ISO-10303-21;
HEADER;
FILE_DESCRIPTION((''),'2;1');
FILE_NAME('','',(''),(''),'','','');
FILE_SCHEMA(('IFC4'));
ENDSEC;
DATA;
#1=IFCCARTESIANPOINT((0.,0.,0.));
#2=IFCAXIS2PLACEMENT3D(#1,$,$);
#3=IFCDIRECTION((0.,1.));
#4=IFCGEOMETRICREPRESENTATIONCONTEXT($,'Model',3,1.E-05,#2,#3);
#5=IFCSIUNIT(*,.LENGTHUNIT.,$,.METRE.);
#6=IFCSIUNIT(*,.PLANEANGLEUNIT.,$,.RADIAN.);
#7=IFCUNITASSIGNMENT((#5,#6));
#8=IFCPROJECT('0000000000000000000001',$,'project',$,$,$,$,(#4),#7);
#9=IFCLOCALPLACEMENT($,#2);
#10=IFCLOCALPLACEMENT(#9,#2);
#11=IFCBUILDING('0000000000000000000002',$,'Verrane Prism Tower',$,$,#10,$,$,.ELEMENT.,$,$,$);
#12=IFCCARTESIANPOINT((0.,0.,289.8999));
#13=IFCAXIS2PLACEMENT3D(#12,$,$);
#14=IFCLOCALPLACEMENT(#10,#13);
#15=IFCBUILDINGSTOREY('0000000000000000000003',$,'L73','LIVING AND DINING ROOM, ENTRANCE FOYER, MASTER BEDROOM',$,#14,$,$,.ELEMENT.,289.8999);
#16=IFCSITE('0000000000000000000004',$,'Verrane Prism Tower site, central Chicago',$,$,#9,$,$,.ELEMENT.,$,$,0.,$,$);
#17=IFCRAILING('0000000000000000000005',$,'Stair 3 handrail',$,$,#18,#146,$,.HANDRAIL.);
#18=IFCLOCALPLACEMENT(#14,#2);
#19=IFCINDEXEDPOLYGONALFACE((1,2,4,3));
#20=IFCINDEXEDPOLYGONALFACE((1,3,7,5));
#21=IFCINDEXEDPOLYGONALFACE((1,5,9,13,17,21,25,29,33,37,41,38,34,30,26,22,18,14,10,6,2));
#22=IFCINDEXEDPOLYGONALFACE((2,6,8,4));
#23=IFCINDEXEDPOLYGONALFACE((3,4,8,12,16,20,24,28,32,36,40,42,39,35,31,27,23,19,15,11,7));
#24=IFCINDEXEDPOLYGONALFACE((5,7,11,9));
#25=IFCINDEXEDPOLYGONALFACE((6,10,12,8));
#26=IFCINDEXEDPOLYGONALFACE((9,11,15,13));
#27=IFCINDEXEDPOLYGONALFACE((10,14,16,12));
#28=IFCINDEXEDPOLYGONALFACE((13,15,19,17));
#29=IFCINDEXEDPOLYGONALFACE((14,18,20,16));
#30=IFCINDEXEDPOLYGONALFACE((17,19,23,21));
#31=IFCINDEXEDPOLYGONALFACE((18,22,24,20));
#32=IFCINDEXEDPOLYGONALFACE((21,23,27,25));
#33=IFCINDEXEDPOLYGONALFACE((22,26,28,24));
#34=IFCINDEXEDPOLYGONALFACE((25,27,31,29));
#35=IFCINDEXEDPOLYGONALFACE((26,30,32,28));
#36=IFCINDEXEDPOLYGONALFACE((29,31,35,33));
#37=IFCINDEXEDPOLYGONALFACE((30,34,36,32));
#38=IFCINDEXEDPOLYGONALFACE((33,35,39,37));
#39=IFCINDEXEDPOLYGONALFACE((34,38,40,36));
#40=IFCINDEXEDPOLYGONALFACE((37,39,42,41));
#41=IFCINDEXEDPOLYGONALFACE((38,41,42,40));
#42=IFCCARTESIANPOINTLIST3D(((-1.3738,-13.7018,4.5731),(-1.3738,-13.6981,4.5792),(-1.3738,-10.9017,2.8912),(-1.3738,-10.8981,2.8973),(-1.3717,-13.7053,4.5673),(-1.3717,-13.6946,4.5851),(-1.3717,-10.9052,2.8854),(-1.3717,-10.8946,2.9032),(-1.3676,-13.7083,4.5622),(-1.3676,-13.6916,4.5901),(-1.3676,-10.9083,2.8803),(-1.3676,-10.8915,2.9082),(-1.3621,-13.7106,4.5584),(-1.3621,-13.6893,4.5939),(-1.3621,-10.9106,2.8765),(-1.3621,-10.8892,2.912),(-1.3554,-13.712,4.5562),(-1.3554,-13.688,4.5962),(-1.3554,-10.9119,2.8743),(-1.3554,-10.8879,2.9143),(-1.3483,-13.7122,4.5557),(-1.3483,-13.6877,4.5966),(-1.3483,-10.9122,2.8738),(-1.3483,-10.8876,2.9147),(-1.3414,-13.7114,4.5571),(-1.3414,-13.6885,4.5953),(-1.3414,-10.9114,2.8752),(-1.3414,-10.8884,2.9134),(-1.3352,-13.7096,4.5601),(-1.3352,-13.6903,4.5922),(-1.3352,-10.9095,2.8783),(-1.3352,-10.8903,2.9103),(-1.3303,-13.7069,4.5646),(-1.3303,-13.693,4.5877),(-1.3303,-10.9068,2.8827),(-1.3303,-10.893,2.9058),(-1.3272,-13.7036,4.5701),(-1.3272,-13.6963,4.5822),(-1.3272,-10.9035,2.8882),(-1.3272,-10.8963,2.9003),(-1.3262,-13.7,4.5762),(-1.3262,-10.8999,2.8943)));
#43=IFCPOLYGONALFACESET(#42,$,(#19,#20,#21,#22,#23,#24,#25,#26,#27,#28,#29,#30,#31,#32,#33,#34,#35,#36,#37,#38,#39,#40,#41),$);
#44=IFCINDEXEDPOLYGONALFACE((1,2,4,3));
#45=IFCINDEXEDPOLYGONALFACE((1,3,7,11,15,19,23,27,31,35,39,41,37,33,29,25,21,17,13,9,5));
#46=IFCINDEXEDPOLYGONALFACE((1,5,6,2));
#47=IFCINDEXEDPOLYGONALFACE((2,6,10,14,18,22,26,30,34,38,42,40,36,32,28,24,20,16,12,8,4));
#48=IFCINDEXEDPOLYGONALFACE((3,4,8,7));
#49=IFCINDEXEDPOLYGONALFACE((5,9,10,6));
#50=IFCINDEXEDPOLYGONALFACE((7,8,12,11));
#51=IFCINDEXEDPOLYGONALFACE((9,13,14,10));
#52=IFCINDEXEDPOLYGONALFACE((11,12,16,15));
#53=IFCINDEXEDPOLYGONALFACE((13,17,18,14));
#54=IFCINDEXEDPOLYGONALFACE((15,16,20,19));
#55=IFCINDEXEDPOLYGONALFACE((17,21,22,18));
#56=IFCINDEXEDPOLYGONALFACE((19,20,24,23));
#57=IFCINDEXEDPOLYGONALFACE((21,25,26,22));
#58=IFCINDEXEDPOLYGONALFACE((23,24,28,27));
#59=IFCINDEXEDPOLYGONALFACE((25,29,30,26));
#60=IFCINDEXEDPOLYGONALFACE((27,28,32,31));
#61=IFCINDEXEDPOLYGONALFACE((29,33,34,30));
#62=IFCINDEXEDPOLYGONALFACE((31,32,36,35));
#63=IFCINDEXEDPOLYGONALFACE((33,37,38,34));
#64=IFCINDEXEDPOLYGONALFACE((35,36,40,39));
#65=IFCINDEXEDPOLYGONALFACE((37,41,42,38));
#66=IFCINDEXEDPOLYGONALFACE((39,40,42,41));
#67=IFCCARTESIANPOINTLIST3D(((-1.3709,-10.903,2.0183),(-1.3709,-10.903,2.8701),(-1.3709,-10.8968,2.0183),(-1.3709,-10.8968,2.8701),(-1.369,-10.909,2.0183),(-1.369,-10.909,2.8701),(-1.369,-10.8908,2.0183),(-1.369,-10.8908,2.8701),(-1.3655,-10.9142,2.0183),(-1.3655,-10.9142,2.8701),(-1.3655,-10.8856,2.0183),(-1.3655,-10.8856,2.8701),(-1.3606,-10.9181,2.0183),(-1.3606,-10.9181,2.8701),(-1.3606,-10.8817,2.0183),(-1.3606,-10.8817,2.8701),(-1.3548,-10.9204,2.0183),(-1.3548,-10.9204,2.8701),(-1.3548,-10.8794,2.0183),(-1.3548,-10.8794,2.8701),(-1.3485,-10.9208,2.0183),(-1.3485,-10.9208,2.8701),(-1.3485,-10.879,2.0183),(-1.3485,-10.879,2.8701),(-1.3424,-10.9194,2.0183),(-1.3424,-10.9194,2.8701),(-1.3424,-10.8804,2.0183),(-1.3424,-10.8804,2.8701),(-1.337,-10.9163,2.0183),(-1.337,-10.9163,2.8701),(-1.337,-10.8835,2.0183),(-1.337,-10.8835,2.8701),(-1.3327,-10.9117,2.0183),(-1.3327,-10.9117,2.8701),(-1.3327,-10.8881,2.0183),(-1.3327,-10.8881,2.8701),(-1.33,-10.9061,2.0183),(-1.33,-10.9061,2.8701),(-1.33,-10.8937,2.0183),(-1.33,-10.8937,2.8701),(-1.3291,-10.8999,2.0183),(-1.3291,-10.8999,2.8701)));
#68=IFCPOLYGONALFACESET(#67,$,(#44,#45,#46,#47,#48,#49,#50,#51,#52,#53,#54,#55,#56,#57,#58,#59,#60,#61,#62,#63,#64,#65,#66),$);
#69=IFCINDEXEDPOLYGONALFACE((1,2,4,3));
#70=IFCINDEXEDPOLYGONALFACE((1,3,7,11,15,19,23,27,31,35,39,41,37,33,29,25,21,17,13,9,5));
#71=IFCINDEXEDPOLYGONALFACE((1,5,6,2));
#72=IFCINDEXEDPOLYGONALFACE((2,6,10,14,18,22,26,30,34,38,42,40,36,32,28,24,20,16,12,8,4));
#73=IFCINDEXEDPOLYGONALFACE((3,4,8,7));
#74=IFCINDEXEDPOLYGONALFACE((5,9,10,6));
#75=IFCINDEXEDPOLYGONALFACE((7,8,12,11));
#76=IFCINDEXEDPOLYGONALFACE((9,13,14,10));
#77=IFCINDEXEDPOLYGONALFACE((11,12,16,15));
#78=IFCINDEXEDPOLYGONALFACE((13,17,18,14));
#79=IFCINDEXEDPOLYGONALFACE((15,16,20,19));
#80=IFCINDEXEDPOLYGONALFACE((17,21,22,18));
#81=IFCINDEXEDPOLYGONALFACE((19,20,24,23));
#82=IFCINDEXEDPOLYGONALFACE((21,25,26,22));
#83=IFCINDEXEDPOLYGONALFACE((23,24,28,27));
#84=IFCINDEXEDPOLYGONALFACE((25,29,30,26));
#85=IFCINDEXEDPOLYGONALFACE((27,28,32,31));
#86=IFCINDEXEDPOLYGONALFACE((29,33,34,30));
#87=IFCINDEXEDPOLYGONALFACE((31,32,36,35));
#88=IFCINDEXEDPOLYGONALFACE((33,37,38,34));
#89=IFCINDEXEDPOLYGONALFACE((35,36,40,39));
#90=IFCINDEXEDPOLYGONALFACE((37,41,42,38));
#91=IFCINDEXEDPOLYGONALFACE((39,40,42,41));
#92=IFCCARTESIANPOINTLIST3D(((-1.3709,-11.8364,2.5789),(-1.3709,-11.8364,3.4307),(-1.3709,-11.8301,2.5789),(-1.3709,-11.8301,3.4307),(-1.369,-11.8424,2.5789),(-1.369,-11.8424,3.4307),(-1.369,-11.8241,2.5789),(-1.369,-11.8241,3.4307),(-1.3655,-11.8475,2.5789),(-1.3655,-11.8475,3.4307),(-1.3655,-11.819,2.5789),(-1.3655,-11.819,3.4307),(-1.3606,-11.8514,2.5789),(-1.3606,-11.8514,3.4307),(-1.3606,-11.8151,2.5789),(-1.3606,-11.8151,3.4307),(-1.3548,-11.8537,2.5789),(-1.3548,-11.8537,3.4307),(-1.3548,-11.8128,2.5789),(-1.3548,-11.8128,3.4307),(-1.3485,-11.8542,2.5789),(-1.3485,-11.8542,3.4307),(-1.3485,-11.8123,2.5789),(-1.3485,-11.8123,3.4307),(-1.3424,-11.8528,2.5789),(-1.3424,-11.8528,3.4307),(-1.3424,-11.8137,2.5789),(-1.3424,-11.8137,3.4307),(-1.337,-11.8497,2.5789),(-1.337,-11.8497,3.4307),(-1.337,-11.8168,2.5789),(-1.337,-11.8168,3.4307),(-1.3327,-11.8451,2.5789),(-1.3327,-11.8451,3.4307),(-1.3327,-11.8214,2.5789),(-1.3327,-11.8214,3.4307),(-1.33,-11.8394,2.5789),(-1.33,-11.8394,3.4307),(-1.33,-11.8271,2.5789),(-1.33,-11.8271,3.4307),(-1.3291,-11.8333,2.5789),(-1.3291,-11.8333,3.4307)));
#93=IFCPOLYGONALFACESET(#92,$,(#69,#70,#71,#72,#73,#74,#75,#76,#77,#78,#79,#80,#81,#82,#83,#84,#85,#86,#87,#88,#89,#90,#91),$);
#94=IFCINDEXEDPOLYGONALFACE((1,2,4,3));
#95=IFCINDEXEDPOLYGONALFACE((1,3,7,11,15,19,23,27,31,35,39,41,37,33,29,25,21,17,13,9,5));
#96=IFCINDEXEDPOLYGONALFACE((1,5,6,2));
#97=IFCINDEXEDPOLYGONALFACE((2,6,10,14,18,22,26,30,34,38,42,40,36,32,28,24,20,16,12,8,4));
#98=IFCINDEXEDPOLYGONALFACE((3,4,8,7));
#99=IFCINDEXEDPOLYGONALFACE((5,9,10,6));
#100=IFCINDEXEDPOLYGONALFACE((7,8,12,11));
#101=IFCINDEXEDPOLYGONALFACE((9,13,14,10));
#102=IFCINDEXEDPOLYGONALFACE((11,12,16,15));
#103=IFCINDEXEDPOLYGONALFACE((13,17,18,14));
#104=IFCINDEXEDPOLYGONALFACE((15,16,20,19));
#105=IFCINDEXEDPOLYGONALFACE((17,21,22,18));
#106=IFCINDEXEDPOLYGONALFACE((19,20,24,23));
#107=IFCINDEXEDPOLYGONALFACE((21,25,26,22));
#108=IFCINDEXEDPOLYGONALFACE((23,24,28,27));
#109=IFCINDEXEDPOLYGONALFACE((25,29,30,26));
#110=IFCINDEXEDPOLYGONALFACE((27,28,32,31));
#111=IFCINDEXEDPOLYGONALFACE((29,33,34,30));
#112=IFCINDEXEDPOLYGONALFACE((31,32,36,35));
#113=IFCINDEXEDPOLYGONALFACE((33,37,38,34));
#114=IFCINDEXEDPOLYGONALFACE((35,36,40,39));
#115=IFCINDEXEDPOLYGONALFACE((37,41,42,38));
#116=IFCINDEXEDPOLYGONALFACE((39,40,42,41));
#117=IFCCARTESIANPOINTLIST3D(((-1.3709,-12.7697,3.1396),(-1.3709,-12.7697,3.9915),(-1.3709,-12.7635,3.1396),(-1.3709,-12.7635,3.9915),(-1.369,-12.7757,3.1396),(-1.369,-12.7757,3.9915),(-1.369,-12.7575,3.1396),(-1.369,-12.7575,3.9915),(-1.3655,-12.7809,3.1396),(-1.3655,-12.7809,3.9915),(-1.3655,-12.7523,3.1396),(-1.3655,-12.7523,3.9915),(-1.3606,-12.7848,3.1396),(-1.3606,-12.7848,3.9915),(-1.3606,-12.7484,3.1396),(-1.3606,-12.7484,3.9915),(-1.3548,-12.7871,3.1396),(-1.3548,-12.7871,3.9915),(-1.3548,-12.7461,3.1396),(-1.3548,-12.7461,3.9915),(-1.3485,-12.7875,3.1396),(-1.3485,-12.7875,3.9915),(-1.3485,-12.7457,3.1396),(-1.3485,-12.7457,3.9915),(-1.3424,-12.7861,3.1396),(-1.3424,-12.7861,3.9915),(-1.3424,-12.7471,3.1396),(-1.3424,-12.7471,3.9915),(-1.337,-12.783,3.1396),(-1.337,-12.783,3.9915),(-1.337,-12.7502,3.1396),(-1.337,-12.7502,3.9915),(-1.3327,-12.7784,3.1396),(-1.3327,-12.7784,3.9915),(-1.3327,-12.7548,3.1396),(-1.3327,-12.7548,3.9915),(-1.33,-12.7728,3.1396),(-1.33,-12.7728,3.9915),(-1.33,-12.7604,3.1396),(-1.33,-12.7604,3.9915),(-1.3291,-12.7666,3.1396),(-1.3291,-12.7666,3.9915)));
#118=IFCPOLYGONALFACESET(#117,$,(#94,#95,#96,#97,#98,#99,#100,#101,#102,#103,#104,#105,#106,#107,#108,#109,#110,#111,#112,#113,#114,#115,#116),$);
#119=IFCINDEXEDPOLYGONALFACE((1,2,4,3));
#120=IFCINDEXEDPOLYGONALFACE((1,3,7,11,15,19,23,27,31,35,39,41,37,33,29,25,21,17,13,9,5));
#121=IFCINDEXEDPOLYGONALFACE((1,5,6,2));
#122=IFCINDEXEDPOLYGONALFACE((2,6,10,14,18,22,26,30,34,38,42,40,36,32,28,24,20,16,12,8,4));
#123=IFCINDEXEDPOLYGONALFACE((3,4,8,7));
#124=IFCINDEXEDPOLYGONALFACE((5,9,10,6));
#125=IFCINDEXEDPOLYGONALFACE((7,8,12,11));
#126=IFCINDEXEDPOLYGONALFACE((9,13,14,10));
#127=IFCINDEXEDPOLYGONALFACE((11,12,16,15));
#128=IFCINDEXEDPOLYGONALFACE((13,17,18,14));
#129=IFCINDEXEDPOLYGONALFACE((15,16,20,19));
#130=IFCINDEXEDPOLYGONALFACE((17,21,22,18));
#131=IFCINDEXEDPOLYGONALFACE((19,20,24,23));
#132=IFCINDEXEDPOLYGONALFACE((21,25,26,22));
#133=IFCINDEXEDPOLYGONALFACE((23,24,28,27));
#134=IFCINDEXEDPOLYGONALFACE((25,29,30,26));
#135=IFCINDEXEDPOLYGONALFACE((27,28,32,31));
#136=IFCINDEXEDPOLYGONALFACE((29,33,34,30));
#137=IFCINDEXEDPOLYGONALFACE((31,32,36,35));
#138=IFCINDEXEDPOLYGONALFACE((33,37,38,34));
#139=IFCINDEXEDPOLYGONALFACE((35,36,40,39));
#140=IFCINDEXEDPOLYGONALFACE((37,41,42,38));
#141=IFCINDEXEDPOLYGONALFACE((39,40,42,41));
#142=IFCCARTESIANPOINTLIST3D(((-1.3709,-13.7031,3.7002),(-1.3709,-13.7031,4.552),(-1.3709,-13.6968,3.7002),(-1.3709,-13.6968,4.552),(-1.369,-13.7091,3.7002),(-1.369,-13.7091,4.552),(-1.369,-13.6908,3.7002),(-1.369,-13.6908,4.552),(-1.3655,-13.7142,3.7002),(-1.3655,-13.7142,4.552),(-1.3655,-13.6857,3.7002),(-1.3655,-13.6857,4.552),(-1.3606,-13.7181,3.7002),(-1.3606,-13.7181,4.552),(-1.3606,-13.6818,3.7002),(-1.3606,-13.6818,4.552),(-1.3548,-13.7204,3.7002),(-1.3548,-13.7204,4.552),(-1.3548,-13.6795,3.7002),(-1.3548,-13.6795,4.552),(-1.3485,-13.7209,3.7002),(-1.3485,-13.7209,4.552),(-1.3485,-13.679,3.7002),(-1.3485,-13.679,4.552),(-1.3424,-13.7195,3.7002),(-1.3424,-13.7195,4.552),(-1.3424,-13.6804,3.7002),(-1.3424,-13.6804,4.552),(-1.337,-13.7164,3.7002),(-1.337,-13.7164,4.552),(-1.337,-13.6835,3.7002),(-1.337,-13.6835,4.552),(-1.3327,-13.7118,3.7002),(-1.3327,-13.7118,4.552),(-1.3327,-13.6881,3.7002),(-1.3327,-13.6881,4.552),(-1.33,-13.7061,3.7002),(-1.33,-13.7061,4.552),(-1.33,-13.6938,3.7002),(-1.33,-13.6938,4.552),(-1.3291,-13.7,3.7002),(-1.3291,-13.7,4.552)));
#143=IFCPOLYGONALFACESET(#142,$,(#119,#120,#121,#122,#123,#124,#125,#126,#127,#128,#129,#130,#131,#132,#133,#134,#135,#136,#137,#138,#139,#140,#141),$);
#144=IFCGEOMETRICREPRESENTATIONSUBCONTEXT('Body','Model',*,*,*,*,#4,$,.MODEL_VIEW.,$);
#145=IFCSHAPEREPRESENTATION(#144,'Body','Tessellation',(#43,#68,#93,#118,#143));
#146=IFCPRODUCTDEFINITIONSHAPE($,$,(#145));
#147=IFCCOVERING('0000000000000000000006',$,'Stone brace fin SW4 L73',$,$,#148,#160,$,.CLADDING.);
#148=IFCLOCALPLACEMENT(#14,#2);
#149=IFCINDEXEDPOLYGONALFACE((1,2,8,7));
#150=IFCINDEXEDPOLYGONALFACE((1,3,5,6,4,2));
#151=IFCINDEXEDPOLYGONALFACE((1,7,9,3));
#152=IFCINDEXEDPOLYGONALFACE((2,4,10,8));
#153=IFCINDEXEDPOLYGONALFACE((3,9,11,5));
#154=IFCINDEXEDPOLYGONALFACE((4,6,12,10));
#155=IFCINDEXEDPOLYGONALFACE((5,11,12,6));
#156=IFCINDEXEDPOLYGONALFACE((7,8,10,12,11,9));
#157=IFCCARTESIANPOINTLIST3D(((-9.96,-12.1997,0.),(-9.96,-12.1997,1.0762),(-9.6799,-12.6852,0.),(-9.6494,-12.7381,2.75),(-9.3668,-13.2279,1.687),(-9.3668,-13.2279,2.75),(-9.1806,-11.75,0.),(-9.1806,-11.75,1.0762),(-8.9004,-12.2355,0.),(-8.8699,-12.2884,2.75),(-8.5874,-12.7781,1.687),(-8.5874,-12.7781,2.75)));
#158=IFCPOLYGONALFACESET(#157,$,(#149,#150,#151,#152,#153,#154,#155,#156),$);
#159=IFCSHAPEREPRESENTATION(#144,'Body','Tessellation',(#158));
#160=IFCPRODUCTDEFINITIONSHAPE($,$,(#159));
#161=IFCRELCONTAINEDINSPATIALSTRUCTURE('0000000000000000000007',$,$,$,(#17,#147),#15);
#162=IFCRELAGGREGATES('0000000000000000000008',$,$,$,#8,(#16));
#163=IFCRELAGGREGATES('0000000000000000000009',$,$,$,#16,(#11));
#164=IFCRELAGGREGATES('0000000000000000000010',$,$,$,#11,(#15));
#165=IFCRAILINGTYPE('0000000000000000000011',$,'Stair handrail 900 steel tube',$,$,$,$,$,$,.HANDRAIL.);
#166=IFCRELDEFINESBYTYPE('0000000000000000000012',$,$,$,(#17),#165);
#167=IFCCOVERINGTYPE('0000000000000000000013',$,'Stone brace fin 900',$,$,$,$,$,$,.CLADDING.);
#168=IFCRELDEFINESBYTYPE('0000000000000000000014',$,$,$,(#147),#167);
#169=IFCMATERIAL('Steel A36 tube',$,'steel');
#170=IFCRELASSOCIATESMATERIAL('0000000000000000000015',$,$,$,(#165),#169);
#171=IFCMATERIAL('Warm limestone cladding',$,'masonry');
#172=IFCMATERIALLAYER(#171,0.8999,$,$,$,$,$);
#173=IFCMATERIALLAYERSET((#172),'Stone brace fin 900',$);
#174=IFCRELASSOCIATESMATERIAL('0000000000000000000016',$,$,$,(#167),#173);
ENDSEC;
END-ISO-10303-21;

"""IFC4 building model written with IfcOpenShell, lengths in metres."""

from ifc_helpers import new_model, si_unit, direction, frame, origin, origin_2d, place, context, subcontext, project, spatial, polyline, circle, outline, extrude, material, layer, layer_set, type_object, element, save


model = new_model("IFC4")

# Units and contexts
model_context = context("Model", 3, precision=1e-05, world=origin(), true_north=direction((0.0, 1.0)))
body_context = subcontext(model_context, "Body", "Model", "MODEL_VIEW")
ifc_project = project(units=[si_unit("LENGTHUNIT", "METRE"), si_unit("PLANEANGLEUNIT", "RADIAN")], contexts=[model_context])

# Site, building, storey
site_placement = place(None, origin())
site = spatial("IfcSite", under=ifc_project, at=site_placement, Name="Verrane Prism Tower site, central Chicago", CompositionType="ELEMENT", RefElevation=0.0)
building_placement = place(site_placement, origin())
building = spatial("IfcBuilding", under=site, at=building_placement, Name="Verrane Prism Tower", CompositionType="ELEMENT")
storey_placement = place(building_placement, frame((0.0, 0.0, 289.8999)))
storey = spatial("IfcBuildingStorey", under=building, at=storey_placement, Name="L73", Description="LIVING AND DINING ROOM, ENTRANCE FOYER, MASTER BEDROOM", CompositionType="ELEMENT", Elevation=289.8999)

# Railing
ifc_material_1 = material(Name="Steel A36 tube", Category="steel")
railing_type = type_object("IfcRailingType", Name="Stair handrail 900 steel tube", PredefinedType="HANDRAIL", material=ifc_material_1)
railing_placement = place(storey_placement, frame((-1.3501, -10.8999, 2.0183)))
element("IfcRailing", 1, at=railing_placement, inside=storey, type_object=railing_type, Name="Stair 3 handrail", PredefinedType="HANDRAIL", context=body_context, shape_type="SweptSolid", body=[
    extrude(circle(Radius=0.0239, at=origin_2d()), frame((0.0, 0.0, 0.876), z_axis=(0.0, -0.857242, 0.514913), x_axis=(1.0, 0.0, 0.0)), (0.0, 0.0, 1.0), 3.2664),
    extrude(circle(Radius=0.021, at=origin_2d()), origin(), (0.0, 0.0, 1.0), 0.8518),
    extrude(circle(Radius=0.021, at=origin_2d()), frame((0.0, -0.9333, 0.5605)), (0.0, 0.0, 1.0), 0.8518),
    extrude(circle(Radius=0.021, at=origin_2d()), frame((0.0, -1.8667, 1.1213)), (0.0, 0.0, 1.0), 0.8518),
    extrude(circle(Radius=0.021, at=origin_2d()), frame((0.0, -2.8, 1.6819)), (0.0, 0.0, 1.0), 0.8518),
])

# Covering
ifc_material_2 = material(Name="Warm limestone cladding", Category="masonry")
ifc_layer_1 = layer(ifc_material_2, 0.8999)
ifc_layer_set_1 = layer_set([ifc_layer_1], Name="Stone brace fin 900")
covering_type = type_object("IfcCoveringType", Name="Stone brace fin 900", PredefinedType="CLADDING", material=ifc_layer_set_1)
covering_placement = place(storey_placement, frame((-9.5703, -11.9749, 0.0), z_axis=(0.0, 0.0, 1.0), x_axis=(0.499746, -0.866172, 0.0)))
element("IfcCovering", 2, at=covering_placement, inside=storey, type_object=covering_type, Name="Stone brace fin SW4 L73", PredefinedType="CLADDING", context=body_context, shape_type="SweptSolid", body=[
    extrude(outline(polyline([(1.187, 2.75), (0.6216, 2.75), (0.0, 1.0762), (0.0, 0.0), (0.5605, 0.0), (1.187, 1.687), (1.187, 2.75)])), frame((0.0, 0.45, 0.0), z_axis=(0.0, -1.0, 0.0), x_axis=(1.0, 0.0, 0.0)), (0.0, 0.0, 1.0), 0.8999),
])

save(model, "model.ifc")
